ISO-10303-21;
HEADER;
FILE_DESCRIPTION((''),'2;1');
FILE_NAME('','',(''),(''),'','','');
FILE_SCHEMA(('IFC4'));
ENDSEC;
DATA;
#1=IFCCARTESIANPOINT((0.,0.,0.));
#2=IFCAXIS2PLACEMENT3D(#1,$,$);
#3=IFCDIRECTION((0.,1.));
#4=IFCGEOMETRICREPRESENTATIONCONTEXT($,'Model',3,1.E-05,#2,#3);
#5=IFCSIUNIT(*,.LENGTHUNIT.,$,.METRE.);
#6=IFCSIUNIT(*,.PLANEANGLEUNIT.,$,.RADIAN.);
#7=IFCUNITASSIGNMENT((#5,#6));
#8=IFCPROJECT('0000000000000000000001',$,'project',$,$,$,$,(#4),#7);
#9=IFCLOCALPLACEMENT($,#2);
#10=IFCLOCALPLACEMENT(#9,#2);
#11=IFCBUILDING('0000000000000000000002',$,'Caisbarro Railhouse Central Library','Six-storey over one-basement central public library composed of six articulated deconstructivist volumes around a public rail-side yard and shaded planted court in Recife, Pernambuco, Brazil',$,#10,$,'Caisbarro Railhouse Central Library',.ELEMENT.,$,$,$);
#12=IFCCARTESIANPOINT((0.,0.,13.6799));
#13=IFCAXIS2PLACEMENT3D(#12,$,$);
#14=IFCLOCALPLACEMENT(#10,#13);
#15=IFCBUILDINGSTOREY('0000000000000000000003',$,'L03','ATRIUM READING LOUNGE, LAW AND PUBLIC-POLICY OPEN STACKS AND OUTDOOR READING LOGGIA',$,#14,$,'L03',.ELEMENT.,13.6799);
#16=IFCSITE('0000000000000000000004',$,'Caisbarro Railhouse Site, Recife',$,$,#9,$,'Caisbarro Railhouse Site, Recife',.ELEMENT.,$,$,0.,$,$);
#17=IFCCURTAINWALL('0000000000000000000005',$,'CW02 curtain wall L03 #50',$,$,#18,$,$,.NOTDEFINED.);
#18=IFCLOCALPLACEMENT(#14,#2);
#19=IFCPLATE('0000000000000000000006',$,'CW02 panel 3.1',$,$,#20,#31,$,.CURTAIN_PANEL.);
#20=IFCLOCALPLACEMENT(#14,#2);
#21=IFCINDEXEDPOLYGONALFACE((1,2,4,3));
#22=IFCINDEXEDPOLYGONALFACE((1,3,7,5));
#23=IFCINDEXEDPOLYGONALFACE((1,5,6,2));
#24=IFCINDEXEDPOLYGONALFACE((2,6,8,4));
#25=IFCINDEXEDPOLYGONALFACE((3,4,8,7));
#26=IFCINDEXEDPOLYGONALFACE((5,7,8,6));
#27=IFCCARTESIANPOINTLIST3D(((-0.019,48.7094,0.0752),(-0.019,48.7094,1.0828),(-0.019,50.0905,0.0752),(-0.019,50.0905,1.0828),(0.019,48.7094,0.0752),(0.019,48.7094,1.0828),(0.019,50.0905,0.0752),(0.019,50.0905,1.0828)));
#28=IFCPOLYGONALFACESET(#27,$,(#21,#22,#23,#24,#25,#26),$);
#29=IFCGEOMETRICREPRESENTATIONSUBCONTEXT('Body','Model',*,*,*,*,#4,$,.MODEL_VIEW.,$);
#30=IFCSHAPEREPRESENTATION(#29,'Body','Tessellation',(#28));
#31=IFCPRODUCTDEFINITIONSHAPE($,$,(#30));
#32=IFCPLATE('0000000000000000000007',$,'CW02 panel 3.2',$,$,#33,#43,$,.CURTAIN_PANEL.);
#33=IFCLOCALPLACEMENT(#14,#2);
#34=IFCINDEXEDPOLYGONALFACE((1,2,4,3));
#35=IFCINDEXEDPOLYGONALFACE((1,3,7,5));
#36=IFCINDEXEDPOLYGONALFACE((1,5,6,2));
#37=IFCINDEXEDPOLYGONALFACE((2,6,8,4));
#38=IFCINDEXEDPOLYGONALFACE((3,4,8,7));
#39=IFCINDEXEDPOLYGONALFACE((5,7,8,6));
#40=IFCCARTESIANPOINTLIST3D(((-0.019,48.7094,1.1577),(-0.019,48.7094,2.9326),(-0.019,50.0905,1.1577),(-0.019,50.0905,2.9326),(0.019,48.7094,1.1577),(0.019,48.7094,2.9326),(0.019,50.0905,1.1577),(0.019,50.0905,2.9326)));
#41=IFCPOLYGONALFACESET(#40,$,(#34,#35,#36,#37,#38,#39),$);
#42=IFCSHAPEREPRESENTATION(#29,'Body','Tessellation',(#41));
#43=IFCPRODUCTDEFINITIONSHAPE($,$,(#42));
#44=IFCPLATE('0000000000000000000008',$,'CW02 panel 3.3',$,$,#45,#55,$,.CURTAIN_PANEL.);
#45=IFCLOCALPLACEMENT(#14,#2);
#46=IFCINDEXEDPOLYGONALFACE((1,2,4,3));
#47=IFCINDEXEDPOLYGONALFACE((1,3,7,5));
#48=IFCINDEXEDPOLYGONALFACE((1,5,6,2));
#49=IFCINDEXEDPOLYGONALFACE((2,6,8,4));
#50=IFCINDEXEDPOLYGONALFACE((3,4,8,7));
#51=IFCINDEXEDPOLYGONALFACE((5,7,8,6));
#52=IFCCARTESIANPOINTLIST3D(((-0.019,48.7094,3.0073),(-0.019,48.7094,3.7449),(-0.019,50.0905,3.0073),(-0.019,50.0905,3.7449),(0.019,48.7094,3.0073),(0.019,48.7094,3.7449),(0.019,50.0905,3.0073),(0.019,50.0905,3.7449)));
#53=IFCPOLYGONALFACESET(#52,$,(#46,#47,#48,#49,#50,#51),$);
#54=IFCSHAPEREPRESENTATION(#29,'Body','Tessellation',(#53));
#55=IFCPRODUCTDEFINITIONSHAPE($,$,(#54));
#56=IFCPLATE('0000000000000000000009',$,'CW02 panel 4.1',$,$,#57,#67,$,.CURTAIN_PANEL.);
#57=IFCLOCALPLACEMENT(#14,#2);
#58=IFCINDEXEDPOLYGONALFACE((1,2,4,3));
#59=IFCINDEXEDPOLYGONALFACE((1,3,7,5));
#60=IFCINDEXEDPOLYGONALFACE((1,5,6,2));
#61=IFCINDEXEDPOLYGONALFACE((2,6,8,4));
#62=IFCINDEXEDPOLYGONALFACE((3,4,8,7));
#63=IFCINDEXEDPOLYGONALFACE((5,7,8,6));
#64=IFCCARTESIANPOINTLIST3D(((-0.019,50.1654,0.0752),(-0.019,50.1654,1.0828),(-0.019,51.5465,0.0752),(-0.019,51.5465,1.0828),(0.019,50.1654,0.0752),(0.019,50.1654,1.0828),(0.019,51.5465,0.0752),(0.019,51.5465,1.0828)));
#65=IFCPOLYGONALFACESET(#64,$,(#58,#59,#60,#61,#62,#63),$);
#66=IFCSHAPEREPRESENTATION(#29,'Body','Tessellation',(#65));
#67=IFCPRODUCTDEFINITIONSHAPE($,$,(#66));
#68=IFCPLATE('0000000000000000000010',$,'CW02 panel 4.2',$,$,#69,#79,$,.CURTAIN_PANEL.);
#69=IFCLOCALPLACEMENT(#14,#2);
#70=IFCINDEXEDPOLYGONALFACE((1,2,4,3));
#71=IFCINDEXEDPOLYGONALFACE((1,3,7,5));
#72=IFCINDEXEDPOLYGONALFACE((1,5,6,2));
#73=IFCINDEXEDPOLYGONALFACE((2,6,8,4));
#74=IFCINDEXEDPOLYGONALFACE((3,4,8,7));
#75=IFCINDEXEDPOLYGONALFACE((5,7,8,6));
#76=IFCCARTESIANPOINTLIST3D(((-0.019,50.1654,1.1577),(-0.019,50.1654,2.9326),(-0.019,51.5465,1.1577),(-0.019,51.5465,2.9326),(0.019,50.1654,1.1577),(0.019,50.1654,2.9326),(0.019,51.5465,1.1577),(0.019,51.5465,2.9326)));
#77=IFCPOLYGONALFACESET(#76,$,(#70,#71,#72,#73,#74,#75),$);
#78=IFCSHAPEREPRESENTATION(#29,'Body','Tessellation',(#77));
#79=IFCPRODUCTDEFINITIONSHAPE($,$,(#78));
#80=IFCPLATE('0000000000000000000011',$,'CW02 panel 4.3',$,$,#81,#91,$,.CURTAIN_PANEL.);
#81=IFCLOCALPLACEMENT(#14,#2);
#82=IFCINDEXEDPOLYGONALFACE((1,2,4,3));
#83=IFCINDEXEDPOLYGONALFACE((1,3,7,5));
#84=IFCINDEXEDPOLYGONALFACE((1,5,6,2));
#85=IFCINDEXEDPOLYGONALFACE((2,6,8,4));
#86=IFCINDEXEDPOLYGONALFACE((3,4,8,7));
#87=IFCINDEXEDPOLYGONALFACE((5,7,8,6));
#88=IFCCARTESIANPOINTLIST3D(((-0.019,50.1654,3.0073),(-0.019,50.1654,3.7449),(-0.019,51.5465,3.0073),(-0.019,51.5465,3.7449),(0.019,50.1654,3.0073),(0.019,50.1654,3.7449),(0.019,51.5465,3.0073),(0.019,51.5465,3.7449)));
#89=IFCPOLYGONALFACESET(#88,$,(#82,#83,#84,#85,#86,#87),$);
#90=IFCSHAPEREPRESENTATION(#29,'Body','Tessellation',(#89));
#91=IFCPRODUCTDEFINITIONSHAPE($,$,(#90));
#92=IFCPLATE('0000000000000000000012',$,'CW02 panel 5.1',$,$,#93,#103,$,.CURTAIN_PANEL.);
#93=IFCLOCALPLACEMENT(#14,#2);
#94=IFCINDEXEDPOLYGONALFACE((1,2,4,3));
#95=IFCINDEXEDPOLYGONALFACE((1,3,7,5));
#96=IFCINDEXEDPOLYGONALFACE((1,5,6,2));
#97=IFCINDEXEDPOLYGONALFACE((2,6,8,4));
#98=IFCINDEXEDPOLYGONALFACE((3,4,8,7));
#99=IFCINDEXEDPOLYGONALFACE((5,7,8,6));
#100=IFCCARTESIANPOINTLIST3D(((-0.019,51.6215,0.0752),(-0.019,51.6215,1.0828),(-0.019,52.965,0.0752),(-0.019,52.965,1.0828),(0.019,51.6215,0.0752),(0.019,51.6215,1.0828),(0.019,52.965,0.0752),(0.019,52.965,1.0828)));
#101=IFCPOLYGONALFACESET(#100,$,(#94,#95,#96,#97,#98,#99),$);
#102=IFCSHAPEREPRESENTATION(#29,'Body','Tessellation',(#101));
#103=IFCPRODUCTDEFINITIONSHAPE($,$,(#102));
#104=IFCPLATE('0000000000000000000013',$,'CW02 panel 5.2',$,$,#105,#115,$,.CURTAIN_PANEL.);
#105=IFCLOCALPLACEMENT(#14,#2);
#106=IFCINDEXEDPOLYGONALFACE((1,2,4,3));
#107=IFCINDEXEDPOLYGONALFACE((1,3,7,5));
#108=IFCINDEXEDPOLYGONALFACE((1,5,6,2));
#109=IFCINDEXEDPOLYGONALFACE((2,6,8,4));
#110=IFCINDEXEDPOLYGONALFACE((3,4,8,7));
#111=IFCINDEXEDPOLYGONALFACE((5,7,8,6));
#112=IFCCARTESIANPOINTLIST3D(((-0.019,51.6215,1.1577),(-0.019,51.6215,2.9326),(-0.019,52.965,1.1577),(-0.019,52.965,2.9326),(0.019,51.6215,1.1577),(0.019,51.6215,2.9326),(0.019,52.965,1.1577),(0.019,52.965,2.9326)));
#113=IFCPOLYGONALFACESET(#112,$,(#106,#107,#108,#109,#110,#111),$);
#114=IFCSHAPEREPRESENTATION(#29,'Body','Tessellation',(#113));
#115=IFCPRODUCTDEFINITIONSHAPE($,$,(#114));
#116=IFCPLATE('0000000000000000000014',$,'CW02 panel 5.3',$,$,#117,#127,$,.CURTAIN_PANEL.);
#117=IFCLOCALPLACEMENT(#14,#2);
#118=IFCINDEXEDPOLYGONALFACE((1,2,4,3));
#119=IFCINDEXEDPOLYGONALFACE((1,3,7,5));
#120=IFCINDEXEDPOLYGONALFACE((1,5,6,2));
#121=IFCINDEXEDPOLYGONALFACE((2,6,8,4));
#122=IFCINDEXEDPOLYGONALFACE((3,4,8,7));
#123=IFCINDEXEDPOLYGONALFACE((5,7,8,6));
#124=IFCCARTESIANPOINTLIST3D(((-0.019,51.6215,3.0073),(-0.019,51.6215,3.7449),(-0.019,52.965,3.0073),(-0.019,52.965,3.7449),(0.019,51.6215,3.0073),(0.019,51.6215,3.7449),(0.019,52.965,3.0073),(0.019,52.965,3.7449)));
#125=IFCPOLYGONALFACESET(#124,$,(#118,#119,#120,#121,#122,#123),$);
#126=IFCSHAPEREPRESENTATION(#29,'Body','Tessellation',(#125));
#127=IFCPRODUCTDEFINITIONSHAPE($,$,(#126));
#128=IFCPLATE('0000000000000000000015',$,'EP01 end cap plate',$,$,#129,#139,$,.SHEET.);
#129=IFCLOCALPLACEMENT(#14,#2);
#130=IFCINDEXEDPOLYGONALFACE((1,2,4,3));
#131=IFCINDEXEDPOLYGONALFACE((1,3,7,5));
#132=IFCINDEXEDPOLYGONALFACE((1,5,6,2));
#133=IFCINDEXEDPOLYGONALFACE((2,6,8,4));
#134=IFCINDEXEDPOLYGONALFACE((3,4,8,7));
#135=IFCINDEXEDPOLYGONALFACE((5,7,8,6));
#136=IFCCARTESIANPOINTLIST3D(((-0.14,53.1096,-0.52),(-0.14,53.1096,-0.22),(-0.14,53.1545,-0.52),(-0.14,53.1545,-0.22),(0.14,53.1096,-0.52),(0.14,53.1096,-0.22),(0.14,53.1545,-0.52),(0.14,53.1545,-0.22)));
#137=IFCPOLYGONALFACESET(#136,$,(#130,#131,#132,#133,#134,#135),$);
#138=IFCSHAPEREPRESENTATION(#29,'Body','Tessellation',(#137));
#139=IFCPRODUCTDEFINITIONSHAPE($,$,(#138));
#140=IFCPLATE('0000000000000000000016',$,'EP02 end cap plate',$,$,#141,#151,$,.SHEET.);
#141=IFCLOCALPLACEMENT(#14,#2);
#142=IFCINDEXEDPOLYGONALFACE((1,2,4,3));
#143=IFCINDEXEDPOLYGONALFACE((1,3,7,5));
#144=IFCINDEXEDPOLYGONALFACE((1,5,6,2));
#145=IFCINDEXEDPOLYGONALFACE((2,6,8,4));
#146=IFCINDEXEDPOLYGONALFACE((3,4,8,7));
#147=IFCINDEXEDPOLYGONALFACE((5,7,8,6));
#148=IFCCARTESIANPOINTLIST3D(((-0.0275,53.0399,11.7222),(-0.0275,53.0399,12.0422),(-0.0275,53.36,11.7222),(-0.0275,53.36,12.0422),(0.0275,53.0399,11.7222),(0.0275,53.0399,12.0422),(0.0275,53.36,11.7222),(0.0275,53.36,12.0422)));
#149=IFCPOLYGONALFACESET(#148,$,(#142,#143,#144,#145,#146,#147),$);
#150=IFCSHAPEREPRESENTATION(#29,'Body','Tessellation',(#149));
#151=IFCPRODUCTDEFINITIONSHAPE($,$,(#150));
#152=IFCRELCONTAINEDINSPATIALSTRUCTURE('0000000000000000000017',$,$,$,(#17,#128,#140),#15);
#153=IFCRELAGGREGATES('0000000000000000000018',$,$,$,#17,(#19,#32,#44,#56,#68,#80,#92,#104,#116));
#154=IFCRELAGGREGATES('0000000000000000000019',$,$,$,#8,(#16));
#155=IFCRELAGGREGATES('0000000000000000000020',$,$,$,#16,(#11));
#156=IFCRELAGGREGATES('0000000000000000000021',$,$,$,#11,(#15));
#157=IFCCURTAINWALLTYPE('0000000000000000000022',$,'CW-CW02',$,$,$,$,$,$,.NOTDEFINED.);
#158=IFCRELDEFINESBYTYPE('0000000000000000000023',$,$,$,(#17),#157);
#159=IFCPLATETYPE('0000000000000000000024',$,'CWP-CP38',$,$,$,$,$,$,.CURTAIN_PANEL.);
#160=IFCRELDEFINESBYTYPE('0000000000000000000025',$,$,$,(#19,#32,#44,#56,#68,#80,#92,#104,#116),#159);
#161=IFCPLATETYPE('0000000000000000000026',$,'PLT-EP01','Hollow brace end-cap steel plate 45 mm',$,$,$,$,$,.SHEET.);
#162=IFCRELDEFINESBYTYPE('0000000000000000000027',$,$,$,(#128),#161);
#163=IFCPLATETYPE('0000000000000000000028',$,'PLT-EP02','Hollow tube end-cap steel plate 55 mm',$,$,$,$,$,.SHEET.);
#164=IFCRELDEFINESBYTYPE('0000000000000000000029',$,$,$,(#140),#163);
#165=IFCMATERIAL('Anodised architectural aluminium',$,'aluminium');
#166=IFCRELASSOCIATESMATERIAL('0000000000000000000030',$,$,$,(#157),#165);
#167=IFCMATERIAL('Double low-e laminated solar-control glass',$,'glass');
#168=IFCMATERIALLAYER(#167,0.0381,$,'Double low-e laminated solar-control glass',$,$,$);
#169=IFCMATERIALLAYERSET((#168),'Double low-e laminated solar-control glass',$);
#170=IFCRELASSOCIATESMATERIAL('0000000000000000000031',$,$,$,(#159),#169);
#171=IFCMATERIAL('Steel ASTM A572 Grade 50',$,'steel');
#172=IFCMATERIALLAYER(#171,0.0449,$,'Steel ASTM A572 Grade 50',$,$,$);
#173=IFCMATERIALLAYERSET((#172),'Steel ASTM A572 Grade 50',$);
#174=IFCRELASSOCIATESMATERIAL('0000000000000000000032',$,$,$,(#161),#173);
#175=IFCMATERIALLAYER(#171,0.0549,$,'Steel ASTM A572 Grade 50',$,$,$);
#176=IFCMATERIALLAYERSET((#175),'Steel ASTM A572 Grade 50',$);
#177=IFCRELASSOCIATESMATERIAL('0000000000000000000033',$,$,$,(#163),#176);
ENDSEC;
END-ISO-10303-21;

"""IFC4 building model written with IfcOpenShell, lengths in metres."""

from ifc_helpers import new_model, si_unit, direction, frame, origin, origin_2d, place, context, subcontext, project, spatial, rectangle, extrude, material, layer, layer_set, type_object, element, aggregate, save


model = new_model("IFC4")

# Units and contexts
model_context = context("Model", 3, precision=1e-05, world=origin(), true_north=direction((0.0, 1.0)))
body_context = subcontext(model_context, "Body", "Model", "MODEL_VIEW")
ifc_project = project(units=[si_unit("LENGTHUNIT", "METRE"), si_unit("PLANEANGLEUNIT", "RADIAN")], contexts=[model_context])

# Site, building, storey
site_placement = place(None, origin())
site = spatial("IfcSite", under=ifc_project, at=site_placement, Name="Caisbarro Railhouse Site, Recife", LongName="Caisbarro Railhouse Site, Recife", CompositionType="ELEMENT", RefElevation=0.0)
building_placement = place(site_placement, origin())
building = spatial("IfcBuilding", under=site, at=building_placement, Name="Caisbarro Railhouse Central Library", Description="Six-storey over one-basement central public library composed of six articulated deconstructivist volumes around a public rail-side yard and shaded planted court in Recife, Pernambuco, Brazil", LongName="Caisbarro Railhouse Central Library", CompositionType="ELEMENT")
storey_placement = place(building_placement, frame((0.0, 0.0, 13.6799)))
storey = spatial("IfcBuildingStorey", under=building, at=storey_placement, Name="L03", Description="ATRIUM READING LOUNGE, LAW AND PUBLIC-POLICY OPEN STACKS AND OUTDOOR READING LOGGIA", LongName="L03", CompositionType="ELEMENT", Elevation=13.6799)

# Shared definitions
ifc_material_1 = material(Name="Steel ASTM A572 Grade 50", Category="steel")

# Curtain wall, plates
ifc_material_2 = material(Name="Anodised architectural aluminium", Category="aluminium")
curtain_wall_type = type_object("IfcCurtainWallType", Name="CW-CW02", PredefinedType="NOTDEFINED", material=ifc_material_2)
curtain_wall_placement = place(storey_placement, origin())
curtain_wall = element("IfcCurtainWall", 1, at=curtain_wall_placement, inside=storey, type_object=curtain_wall_type, Name="CW02 curtain wall L03 #50", PredefinedType="NOTDEFINED")
ifc_material_3 = material(Name="Double low-e laminated solar-control glass", Category="glass")
ifc_layer_1 = layer(ifc_material_3, 0.0381, Name="Double low-e laminated solar-control glass")
ifc_layer_set_1 = layer_set([ifc_layer_1], Name="Double low-e laminated solar-control glass")
plate_type_1 = type_object("IfcPlateType", Name="CWP-CP38", PredefinedType="CURTAIN_PANEL", material=ifc_layer_set_1)
plate_1_placement = place(storey_placement, frame((0.0, 49.3999, 0.0752), z_axis=(0.0, 0.0, 1.0), x_axis=(0.0, 1.0, 0.0)))
plate_1 = element("IfcPlate", 2, at=plate_1_placement, type_object=plate_type_1, Name="CW02 panel 3.1", PredefinedType="CURTAIN_PANEL", context=body_context, shape_type="SweptSolid", body=[
    extrude(rectangle(XDim=1.3811, YDim=0.0381, at=origin_2d()), origin(), (0.0, 0.0, 1.0), 1.0076),
])
plate_2_placement = place(storey_placement, frame((0.0, 49.3999, 1.1577), z_axis=(0.0, 0.0, 1.0), x_axis=(0.0, 1.0, 0.0)))
plate_2 = element("IfcPlate", 3, at=plate_2_placement, type_object=plate_type_1, Name="CW02 panel 3.2", PredefinedType="CURTAIN_PANEL", context=body_context, shape_type="SweptSolid", body=[
    extrude(rectangle(XDim=1.3811, YDim=0.0381, at=origin_2d()), origin(), (0.0, 0.0, 1.0), 1.7749),
])
plate_3_placement = place(storey_placement, frame((0.0, 49.3999, 3.0073), z_axis=(0.0, 0.0, 1.0), x_axis=(0.0, 1.0, 0.0)))
plate_3 = element("IfcPlate", 4, at=plate_3_placement, type_object=plate_type_1, Name="CW02 panel 3.3", PredefinedType="CURTAIN_PANEL", context=body_context, shape_type="SweptSolid", body=[
    extrude(rectangle(XDim=1.3811, YDim=0.0381, at=origin_2d()), origin(), (0.0, 0.0, 1.0), 0.7375),
])
plate_4_placement = place(storey_placement, frame((0.0, 50.856, 0.0752), z_axis=(0.0, 0.0, 1.0), x_axis=(0.0, 1.0, 0.0)))
plate_4 = element("IfcPlate", 5, at=plate_4_placement, type_object=plate_type_1, Name="CW02 panel 4.1", PredefinedType="CURTAIN_PANEL", context=body_context, shape_type="SweptSolid", body=[
    extrude(rectangle(XDim=1.3811, YDim=0.0381, at=origin_2d()), origin(), (0.0, 0.0, 1.0), 1.0076),
])
plate_5_placement = place(storey_placement, frame((0.0, 50.856, 1.1577), z_axis=(0.0, 0.0, 1.0), x_axis=(0.0, 1.0, 0.0)))
plate_5 = element("IfcPlate", 6, at=plate_5_placement, type_object=plate_type_1, Name="CW02 panel 4.2", PredefinedType="CURTAIN_PANEL", context=body_context, shape_type="SweptSolid", body=[
    extrude(rectangle(XDim=1.3811, YDim=0.0381, at=origin_2d()), origin(), (0.0, 0.0, 1.0), 1.7749),
])
plate_6_placement = place(storey_placement, frame((0.0, 50.856, 3.0073), z_axis=(0.0, 0.0, 1.0), x_axis=(0.0, 1.0, 0.0)))
plate_6 = element("IfcPlate", 7, at=plate_6_placement, type_object=plate_type_1, Name="CW02 panel 4.3", PredefinedType="CURTAIN_PANEL", context=body_context, shape_type="SweptSolid", body=[
    extrude(rectangle(XDim=1.3811, YDim=0.0381, at=origin_2d()), origin(), (0.0, 0.0, 1.0), 0.7375),
])
plate_7_placement = place(storey_placement, frame((0.0, 52.2932, 0.0752), z_axis=(0.0, 0.0, 1.0), x_axis=(0.0, 1.0, 0.0)))
plate_7 = element("IfcPlate", 8, at=plate_7_placement, type_object=plate_type_1, Name="CW02 panel 5.1", PredefinedType="CURTAIN_PANEL", context=body_context, shape_type="SweptSolid", body=[
    extrude(rectangle(XDim=1.3435, YDim=0.0381, at=origin_2d()), origin(), (0.0, 0.0, 1.0), 1.0076),
])
plate_8_placement = place(storey_placement, frame((0.0, 52.2932, 1.1577), z_axis=(0.0, 0.0, 1.0), x_axis=(0.0, 1.0, 0.0)))
plate_8 = element("IfcPlate", 9, at=plate_8_placement, type_object=plate_type_1, Name="CW02 panel 5.2", PredefinedType="CURTAIN_PANEL", context=body_context, shape_type="SweptSolid", body=[
    extrude(rectangle(XDim=1.3435, YDim=0.0381, at=origin_2d()), origin(), (0.0, 0.0, 1.0), 1.7749),
])
plate_9_placement = place(storey_placement, frame((0.0, 52.2932, 3.0073), z_axis=(0.0, 0.0, 1.0), x_axis=(0.0, 1.0, 0.0)))
plate_9 = element("IfcPlate", 10, at=plate_9_placement, type_object=plate_type_1, Name="CW02 panel 5.3", PredefinedType="CURTAIN_PANEL", context=body_context, shape_type="SweptSolid", body=[
    extrude(rectangle(XDim=1.3435, YDim=0.0381, at=origin_2d()), origin(), (0.0, 0.0, 1.0), 0.7375),
])
aggregate(curtain_wall, [plate_1, plate_2, plate_3, plate_4, plate_5, plate_6, plate_7, plate_8, plate_9])

# Plates
ifc_layer_2 = layer(ifc_material_1, 0.0449, Name="Steel ASTM A572 Grade 50")
ifc_layer_set_2 = layer_set([ifc_layer_2], Name="Steel ASTM A572 Grade 50")
plate_type_2 = type_object("IfcPlateType", Name="PLT-EP01", Description="Hollow brace end-cap steel plate 45 mm", PredefinedType="SHEET", material=ifc_layer_set_2)
plate_10_placement = place(storey_placement, frame((0.0, 53.1321, -0.52), z_axis=(0.0, 0.0, 1.0), x_axis=(0.0, 1.0, 0.0)))
element("IfcPlate", 11, at=plate_10_placement, inside=storey, type_object=plate_type_2, Name="EP01 end cap plate", PredefinedType="SHEET", context=body_context, shape_type="SweptSolid", body=[
    extrude(rectangle(XDim=0.0449, YDim=0.28, at=origin_2d()), origin(), (0.0, 0.0, 1.0), 0.3),
])
ifc_layer_3 = layer(ifc_material_1, 0.0549, Name="Steel ASTM A572 Grade 50")
ifc_layer_set_3 = layer_set([ifc_layer_3], Name="Steel ASTM A572 Grade 50")
plate_type_3 = type_object("IfcPlateType", Name="PLT-EP02", Description="Hollow tube end-cap steel plate 55 mm", PredefinedType="SHEET", material=ifc_layer_set_3)
plate_11_placement = place(storey_placement, frame((0.0, 53.2, 11.7222), z_axis=(0.0, 0.0, 1.0), x_axis=(1.0, 0.0, 0.0)))
element("IfcPlate", 12, at=plate_11_placement, inside=storey, type_object=plate_type_3, Name="EP02 end cap plate", PredefinedType="SHEET", context=body_context, shape_type="SweptSolid", body=[
    extrude(rectangle(XDim=0.0549, YDim=0.3201, at=origin_2d()), origin(), (0.0, 0.0, 1.0), 0.3201),
])

save(model, "model.ifc")
